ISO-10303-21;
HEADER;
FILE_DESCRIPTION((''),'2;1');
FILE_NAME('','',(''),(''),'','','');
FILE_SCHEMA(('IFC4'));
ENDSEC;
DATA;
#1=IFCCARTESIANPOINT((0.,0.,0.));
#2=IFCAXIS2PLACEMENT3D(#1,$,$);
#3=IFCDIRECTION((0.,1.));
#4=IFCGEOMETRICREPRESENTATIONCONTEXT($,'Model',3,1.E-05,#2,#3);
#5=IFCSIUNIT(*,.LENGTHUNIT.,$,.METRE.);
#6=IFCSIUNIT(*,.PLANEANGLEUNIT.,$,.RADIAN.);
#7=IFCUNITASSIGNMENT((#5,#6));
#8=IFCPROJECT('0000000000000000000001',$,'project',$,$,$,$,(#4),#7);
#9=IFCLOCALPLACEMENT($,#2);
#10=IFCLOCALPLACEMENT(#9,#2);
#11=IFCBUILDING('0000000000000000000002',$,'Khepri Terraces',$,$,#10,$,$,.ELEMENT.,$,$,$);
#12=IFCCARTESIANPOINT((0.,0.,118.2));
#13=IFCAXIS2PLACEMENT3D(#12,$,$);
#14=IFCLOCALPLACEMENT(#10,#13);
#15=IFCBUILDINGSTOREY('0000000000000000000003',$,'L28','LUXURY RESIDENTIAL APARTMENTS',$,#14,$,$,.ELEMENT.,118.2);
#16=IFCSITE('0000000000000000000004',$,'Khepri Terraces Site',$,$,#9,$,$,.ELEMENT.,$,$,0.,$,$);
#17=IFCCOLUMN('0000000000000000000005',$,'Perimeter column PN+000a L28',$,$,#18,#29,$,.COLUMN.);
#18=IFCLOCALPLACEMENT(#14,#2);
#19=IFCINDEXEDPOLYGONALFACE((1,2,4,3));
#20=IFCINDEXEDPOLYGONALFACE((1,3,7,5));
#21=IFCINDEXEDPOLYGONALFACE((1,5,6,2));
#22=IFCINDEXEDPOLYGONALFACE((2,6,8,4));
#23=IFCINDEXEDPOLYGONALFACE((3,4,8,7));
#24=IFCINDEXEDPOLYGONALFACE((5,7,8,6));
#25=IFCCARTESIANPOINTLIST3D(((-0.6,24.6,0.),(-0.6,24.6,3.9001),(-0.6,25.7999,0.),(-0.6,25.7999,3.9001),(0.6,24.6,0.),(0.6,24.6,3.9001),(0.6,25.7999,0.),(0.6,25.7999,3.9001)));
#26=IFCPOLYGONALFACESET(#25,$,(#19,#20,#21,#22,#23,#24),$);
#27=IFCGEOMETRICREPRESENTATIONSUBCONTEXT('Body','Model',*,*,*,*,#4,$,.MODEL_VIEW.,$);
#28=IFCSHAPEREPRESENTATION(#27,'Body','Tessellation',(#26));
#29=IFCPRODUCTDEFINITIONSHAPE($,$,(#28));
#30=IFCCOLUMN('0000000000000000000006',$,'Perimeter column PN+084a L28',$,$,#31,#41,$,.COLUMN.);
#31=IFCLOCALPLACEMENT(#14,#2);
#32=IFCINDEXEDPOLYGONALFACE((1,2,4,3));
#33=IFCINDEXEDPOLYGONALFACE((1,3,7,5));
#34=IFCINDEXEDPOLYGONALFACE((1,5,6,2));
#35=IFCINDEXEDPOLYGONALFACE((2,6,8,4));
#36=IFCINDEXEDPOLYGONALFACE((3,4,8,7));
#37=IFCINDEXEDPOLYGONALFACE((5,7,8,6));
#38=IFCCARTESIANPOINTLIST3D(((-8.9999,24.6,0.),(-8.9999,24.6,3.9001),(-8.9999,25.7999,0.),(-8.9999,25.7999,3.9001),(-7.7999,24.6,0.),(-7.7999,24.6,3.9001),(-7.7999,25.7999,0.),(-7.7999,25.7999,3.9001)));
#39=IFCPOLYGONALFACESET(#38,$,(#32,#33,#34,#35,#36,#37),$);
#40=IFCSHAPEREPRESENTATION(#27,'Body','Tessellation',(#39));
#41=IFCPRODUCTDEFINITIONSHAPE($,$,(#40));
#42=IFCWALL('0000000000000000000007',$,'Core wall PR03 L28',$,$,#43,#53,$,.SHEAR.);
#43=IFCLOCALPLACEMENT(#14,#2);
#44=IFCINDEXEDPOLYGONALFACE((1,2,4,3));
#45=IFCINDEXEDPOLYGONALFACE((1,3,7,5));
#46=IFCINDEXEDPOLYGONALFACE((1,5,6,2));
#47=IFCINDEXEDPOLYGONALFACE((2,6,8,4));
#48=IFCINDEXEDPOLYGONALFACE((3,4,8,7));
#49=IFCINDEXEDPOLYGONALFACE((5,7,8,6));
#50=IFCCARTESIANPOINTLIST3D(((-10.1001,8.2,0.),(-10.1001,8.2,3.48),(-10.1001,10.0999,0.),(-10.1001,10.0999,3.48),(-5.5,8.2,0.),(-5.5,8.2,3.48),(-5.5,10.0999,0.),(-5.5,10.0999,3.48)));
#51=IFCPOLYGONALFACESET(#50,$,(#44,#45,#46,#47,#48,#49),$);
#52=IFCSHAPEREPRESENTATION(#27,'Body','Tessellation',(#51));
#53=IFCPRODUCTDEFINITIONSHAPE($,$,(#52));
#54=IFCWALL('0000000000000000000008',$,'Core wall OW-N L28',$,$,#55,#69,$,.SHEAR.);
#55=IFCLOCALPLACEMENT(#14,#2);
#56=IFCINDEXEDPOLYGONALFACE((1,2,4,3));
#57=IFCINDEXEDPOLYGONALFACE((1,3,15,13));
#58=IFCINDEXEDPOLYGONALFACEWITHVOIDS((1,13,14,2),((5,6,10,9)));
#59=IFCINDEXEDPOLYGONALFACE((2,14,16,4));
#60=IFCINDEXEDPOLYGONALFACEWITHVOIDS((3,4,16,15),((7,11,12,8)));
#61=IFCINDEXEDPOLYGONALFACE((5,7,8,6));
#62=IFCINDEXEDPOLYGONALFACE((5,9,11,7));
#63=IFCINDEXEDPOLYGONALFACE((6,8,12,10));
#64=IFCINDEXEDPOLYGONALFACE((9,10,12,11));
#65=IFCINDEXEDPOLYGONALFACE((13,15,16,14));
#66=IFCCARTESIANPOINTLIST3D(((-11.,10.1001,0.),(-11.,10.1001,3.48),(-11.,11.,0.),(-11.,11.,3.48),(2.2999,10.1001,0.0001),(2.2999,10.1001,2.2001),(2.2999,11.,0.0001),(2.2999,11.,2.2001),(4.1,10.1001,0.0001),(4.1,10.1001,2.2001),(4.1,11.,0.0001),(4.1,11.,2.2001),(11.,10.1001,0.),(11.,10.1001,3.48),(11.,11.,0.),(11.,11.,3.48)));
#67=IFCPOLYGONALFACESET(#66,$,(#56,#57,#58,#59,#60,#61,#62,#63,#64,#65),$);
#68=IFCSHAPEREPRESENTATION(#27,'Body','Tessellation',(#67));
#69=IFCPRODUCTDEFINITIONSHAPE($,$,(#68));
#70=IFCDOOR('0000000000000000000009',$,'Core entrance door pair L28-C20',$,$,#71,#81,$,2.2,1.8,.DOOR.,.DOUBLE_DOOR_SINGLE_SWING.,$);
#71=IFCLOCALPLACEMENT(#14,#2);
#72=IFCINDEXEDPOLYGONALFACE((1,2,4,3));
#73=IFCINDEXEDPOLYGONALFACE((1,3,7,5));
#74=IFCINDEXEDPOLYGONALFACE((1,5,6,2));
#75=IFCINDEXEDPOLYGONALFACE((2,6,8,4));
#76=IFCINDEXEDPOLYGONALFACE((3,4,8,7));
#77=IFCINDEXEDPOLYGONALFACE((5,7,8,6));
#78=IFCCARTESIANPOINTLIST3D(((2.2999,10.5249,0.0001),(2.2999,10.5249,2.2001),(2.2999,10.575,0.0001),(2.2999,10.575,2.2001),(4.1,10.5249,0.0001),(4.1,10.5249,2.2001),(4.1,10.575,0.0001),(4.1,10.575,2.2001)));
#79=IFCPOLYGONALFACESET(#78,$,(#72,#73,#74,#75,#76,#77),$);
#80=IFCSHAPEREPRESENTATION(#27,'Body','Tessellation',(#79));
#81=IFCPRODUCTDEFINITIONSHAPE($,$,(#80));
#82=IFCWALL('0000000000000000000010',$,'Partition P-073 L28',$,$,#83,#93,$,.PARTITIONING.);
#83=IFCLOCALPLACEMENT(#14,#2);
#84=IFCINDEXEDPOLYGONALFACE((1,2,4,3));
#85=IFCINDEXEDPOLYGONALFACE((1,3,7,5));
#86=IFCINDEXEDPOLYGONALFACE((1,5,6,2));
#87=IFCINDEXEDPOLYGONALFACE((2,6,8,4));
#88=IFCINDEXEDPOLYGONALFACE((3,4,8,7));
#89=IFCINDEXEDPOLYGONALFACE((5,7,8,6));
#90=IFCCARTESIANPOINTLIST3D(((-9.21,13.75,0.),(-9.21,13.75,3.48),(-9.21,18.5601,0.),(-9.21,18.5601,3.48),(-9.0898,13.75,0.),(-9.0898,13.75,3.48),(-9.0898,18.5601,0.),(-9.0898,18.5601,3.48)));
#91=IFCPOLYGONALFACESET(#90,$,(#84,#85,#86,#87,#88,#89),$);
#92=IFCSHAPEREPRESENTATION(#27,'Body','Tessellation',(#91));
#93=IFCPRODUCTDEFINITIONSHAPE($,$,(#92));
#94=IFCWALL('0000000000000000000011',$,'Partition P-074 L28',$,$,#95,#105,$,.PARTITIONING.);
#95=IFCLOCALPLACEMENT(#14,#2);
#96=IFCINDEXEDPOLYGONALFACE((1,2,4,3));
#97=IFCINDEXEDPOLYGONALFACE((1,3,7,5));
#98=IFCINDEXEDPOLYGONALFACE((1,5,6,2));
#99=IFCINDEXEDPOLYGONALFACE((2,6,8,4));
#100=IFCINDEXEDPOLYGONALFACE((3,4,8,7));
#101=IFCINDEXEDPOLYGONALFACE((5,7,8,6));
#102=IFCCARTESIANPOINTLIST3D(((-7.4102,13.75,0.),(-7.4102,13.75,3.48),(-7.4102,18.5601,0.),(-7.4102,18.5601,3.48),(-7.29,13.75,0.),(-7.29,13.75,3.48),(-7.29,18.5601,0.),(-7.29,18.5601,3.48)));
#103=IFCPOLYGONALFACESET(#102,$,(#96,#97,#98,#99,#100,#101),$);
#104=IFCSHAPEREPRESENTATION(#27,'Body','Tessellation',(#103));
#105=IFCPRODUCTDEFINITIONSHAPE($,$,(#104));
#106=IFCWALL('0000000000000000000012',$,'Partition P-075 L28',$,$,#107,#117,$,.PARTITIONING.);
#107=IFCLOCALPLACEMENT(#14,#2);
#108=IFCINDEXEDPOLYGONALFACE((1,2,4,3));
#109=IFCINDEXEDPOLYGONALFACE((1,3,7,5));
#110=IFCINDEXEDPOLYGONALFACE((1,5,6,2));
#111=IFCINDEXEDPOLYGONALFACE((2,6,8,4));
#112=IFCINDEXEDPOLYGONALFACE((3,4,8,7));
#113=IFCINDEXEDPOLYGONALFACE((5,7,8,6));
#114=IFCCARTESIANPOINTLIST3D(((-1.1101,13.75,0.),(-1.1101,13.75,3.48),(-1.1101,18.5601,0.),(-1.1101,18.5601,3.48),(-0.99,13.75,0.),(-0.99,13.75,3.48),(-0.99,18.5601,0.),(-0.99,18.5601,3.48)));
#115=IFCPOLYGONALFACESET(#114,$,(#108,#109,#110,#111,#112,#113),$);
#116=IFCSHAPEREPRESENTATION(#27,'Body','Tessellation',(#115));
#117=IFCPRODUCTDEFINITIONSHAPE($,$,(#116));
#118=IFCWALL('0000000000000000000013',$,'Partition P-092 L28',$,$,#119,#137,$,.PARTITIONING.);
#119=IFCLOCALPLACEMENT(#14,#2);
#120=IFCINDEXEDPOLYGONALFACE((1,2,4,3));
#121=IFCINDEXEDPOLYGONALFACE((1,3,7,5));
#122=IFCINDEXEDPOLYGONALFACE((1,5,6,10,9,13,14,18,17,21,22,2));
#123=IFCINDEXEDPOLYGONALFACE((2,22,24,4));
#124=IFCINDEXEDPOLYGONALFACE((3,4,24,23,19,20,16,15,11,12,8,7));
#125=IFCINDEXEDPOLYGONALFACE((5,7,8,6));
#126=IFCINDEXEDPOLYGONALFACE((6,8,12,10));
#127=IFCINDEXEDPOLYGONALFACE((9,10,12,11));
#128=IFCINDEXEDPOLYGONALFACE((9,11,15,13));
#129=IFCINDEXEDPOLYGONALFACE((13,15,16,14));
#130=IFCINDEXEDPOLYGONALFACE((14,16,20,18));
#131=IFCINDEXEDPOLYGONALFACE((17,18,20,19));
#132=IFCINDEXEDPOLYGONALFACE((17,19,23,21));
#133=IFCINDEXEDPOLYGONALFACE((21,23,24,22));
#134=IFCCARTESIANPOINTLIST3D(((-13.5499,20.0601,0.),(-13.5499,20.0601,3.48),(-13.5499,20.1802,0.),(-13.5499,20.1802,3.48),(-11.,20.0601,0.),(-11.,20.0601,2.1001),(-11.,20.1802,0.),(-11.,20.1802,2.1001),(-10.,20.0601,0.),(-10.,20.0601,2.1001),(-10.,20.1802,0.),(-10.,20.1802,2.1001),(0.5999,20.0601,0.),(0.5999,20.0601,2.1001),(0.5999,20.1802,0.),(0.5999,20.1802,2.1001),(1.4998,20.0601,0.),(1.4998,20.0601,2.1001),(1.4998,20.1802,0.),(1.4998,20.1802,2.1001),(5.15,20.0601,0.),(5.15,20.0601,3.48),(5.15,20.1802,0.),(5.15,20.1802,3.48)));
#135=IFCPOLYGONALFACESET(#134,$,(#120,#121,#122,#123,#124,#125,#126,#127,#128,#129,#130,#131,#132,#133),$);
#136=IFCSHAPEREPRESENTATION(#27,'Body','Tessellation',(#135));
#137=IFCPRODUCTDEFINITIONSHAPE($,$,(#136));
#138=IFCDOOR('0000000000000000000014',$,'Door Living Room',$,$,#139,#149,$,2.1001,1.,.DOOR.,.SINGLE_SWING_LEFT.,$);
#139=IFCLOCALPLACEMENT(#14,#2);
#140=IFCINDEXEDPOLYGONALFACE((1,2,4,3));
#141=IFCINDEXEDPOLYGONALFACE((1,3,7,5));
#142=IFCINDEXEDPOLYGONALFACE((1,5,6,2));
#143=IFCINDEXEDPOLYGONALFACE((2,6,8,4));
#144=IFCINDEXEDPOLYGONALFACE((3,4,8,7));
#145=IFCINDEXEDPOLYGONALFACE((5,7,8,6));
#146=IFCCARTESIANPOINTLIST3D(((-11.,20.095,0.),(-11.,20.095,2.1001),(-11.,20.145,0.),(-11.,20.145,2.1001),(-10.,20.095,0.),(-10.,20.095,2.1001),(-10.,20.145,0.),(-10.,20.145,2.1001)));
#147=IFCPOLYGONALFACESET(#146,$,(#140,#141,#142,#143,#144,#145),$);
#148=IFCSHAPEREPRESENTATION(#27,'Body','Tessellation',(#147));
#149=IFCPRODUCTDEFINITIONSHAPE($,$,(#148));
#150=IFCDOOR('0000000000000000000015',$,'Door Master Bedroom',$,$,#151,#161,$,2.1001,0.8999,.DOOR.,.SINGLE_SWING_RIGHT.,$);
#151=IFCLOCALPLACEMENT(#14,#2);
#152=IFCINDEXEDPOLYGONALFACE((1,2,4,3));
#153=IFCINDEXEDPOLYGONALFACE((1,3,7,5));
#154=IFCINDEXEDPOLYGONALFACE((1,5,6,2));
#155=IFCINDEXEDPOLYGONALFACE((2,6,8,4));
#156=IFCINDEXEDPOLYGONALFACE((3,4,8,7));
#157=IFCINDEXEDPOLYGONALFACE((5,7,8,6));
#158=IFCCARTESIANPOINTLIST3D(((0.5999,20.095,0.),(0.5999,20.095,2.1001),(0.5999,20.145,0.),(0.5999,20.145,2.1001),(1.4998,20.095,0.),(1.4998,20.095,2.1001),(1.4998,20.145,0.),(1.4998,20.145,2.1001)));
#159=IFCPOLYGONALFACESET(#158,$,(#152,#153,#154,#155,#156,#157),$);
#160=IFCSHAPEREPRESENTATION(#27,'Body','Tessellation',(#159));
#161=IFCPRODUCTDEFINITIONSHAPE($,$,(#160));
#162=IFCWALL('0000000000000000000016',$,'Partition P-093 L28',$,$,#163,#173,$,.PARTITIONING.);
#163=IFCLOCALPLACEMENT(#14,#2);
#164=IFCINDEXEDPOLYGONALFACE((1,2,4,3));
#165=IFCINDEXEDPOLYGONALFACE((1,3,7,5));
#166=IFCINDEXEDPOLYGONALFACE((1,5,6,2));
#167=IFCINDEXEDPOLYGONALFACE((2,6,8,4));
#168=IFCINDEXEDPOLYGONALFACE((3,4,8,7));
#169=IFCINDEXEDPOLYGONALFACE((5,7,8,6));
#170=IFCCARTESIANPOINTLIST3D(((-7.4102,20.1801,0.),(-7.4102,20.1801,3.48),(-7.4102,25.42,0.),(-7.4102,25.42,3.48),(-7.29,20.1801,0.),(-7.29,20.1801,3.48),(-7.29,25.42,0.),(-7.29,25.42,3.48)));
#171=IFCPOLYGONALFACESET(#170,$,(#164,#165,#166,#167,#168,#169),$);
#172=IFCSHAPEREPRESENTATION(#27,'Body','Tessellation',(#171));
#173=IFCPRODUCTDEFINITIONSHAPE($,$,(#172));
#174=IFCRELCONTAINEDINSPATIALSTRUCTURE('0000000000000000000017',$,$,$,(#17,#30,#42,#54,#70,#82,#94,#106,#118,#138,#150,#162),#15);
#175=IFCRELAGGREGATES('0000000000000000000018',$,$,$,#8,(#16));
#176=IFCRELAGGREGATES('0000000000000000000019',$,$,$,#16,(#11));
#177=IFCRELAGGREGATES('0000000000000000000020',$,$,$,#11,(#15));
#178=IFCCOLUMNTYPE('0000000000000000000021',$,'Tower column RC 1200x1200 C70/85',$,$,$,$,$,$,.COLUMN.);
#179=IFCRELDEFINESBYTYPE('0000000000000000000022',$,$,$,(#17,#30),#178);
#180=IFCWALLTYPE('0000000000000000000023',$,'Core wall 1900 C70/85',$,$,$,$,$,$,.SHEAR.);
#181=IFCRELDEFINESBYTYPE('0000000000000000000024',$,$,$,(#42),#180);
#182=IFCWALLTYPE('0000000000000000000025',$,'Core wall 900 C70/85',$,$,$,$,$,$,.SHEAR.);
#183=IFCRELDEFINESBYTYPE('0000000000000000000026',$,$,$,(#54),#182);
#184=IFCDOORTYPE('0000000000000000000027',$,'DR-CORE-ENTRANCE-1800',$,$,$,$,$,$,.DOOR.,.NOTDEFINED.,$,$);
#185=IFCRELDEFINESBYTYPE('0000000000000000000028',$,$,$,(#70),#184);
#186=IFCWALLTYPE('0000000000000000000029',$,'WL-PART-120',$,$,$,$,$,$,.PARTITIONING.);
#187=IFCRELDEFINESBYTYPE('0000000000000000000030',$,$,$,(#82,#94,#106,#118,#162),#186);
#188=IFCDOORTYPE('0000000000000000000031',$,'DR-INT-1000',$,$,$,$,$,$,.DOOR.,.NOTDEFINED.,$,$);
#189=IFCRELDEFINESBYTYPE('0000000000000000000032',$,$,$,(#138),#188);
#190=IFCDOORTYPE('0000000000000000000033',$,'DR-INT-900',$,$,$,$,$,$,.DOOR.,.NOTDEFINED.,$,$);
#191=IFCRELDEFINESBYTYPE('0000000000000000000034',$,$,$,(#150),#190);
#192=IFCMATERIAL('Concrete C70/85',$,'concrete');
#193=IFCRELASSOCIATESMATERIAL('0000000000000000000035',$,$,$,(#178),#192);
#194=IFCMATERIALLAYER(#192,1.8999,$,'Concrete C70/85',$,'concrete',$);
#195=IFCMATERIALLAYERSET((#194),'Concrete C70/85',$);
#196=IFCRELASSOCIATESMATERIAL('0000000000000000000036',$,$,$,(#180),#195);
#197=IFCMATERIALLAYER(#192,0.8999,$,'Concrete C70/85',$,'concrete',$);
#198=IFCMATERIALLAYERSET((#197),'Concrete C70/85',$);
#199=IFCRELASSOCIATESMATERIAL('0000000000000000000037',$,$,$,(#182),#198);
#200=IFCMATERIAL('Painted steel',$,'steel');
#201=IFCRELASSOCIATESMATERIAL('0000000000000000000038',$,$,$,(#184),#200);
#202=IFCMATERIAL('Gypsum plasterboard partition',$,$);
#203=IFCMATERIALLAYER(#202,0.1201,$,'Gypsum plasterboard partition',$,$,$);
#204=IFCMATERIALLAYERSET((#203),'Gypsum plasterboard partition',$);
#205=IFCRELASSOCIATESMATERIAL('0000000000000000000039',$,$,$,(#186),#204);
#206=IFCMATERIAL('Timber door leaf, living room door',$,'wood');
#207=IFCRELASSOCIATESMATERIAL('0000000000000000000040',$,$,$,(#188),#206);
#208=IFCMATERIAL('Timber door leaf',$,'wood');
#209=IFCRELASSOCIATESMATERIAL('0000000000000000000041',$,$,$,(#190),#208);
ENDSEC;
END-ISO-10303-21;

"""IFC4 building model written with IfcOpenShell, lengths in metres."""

from ifc_helpers import new_model, si_unit, direction, frame, frame_2d, origin, origin_2d, place, context, subcontext, project, spatial, rectangle, extrude, material, layer, layer_set, material_profile, profile_set, type_object, element, fill, save


model = new_model("IFC4")

# Units and contexts
model_context = context("Model", 3, precision=1e-05, world=origin(), true_north=direction((0.0, 1.0)))
body_context = subcontext(model_context, "Body", "Model", "MODEL_VIEW")
ifc_project = project(units=[si_unit("LENGTHUNIT", "METRE"), si_unit("PLANEANGLEUNIT", "RADIAN")], contexts=[model_context])

# Site, building, storey
site_placement = place(None, origin())
site = spatial("IfcSite", under=ifc_project, at=site_placement, Name="Khepri Terraces Site", CompositionType="ELEMENT", RefElevation=0.0)
building_placement = place(site_placement, origin())
building = spatial("IfcBuilding", under=site, at=building_placement, Name="Khepri Terraces", CompositionType="ELEMENT")
storey_placement = place(building_placement, frame((0.0, 0.0, 118.2)))
storey = spatial("IfcBuildingStorey", under=building, at=storey_placement, Name="L28", Description="LUXURY RESIDENTIAL APARTMENTS", CompositionType="ELEMENT", Elevation=118.2)

# Columns
ifc_material_1 = material(Name="Concrete C70/85", Category="concrete")
ifc_material_profile = material_profile(ifc_material_1, rectangle(XDim=1.2, YDim=1.2, at=origin_2d()), Name="Concrete C70/85", Category="concrete")
ifc_profile_set = profile_set([ifc_material_profile], Name="Concrete C70/85")
column_type = type_object("IfcColumnType", Name="Tower column RC 1200x1200 C70/85", PredefinedType="COLUMN", material=ifc_profile_set)
for number, where, z_axis, x_axis, name in (
    (1, (0.0, 25.2, 0.0), (0.0, 0.0, 1.0), (1.0, 0.0, 0.0), "Perimeter column PN+000a L28"),
    (2, (-8.3999, 25.2, 0.0), (0.0, 0.0, 1.0), (1.0, 0.0, 0.0), "Perimeter column PN+084a L28"),
):
    element("IfcColumn", number, at=place(storey_placement, frame(where, z_axis=z_axis, x_axis=x_axis)), inside=storey, type_object=column_type, Name=name, PredefinedType="COLUMN", context=body_context, shape_type="SweptSolid", body=[
        extrude(rectangle(XDim=1.2, YDim=1.2, at=origin_2d()), origin(), (0.0, 0.0, 1.0), 3.9001),
    ])

# Wall
ifc_layer_1 = layer(ifc_material_1, 1.8999, Name="Concrete C70/85", Category="concrete")
ifc_layer_set_1 = layer_set([ifc_layer_1], Name="Concrete C70/85")
wall_type_1 = type_object("IfcWallType", Name="Core wall 1900 C70/85", PredefinedType="SHEAR", material=ifc_layer_set_1)
wall_1_placement = place(storey_placement, frame((-10.1001, 9.1499, 0.0), z_axis=(0.0, 0.0, 1.0), x_axis=(1.0, 0.0, 0.0)))
element("IfcWall", 3, at=wall_1_placement, inside=storey, type_object=wall_type_1, Name="Core wall PR03 L28", PredefinedType="SHEAR", context=body_context, shape_type="SweptSolid", body=[
    extrude(rectangle(XDim=4.6001, YDim=1.8999, at=frame_2d((2.3, 0.0))), origin(), (0.0, 0.0, 1.0), 3.48),
])

# Wall, opening, door
ifc_layer_2 = layer(ifc_material_1, 0.8999, Name="Concrete C70/85", Category="concrete")
ifc_layer_set_2 = layer_set([ifc_layer_2], Name="Concrete C70/85")
wall_type_2 = type_object("IfcWallType", Name="Core wall 900 C70/85", PredefinedType="SHEAR", material=ifc_layer_set_2)
wall_2_placement = place(storey_placement, frame((-11.0, 10.55, 0.0), z_axis=(0.0, 0.0, 1.0), x_axis=(1.0, 0.0, 0.0)))
wall_2 = element("IfcWall", 4, at=wall_2_placement, inside=storey, type_object=wall_type_2, Name="Core wall OW-N L28", PredefinedType="SHEAR", context=body_context, shape_type="SweptSolid", body=[
    extrude(rectangle(XDim=22.0, YDim=0.8999, at=frame_2d((11.0, 0.0))), origin(), (0.0, 0.0, 1.0), 3.48),
])
opening_1_placement = place(wall_2_placement, frame((13.3, 0.0, 0.0)))
opening_1 = element("IfcOpeningElement", 5, at=opening_1_placement, cuts=wall_2, PredefinedType="OPENING", context=body_context, shape_type="SweptSolid", body=[
    extrude(rectangle(XDim=1.8, YDim=2.2, at=frame_2d((0.8999, 1.1001))), frame((0.0, 0.46, 0.0), z_axis=(0.0, -1.0, 0.0), x_axis=(1.0, 0.0, 0.0)), (0.0, 0.0, 1.0), 0.9199),
])
ifc_material_2 = material(Name="Painted steel", Category="steel")
door_type_1 = type_object("IfcDoorType", Name="DR-CORE-ENTRANCE-1800", OperationType="NOTDEFINED", PredefinedType="DOOR", material=ifc_material_2)
door_1_placement = place(opening_1_placement, origin())
door_1 = element("IfcDoor", 6, at=door_1_placement, inside=storey, type_object=door_type_1, Name="Core entrance door pair L28-C20", OperationType="DOUBLE_DOOR_SINGLE_SWING", OverallHeight=2.2, OverallWidth=1.8, PredefinedType="DOOR", context=body_context, shape_type="SweptSolid", body=[
    extrude(rectangle(XDim=1.8, YDim=2.2, at=frame_2d((0.8999, 1.1001))), frame((0.0, 0.0249, 0.0), z_axis=(0.0, -1.0, 0.0), x_axis=(1.0, 0.0, 0.0)), (0.0, 0.0, 1.0), 0.05),
])
fill(opening_1, door_1)

# Walls
ifc_material_3 = material(Name="Gypsum plasterboard partition")
ifc_layer_3 = layer(ifc_material_3, 0.1201, Name="Gypsum plasterboard partition")
ifc_layer_set_3 = layer_set([ifc_layer_3], Name="Gypsum plasterboard partition")
wall_type_3 = type_object("IfcWallType", Name="WL-PART-120", PredefinedType="PARTITIONING", material=ifc_layer_set_3)
for number, where, z_axis, x_axis, name in (
    (7, (-9.1499, 13.75, 0.0), (0.0, 0.0, 1.0), (0.0, 1.0, 0.0), "Partition P-073 L28"),
    (8, (-7.3501, 13.75, 0.0), (0.0, 0.0, 1.0), (0.0, 1.0, 0.0), "Partition P-074 L28"),
    (9, (-1.05, 13.75, 0.0), (0.0, 0.0, 1.0), (0.0, 1.0, 0.0), "Partition P-075 L28"),
):
    element("IfcWall", number, at=place(storey_placement, frame(where, z_axis=z_axis, x_axis=x_axis)), inside=storey, type_object=wall_type_3, Name=name, PredefinedType="PARTITIONING", context=body_context, shape_type="SweptSolid", body=[
        extrude(rectangle(XDim=4.8101, YDim=0.1201, at=frame_2d((2.405, 0.0))), origin(), (0.0, 0.0, 1.0), 3.48),
    ])

# Wall, openings, doors
wall_3_placement = place(storey_placement, frame((-13.55, 20.1201, 0.0), z_axis=(0.0, 0.0, 1.0), x_axis=(1.0, 0.0, 0.0)))
wall_3 = element("IfcWall", 10, at=wall_3_placement, inside=storey, type_object=wall_type_3, Name="Partition P-092 L28", PredefinedType="PARTITIONING", context=body_context, shape_type="SweptSolid", body=[
    extrude(rectangle(XDim=18.7, YDim=0.1201, at=frame_2d((9.3501, 0.0))), origin(), (0.0, 0.0, 1.0), 3.48),
])
opening_2_placement = place(wall_3_placement, frame((14.1499, 0.0, 0.0)))
opening_2 = element("IfcOpeningElement", 11, at=opening_2_placement, cuts=wall_3, PredefinedType="OPENING", context=body_context, shape_type="SweptSolid", body=[
    extrude(rectangle(XDim=0.8999, YDim=2.1001, at=frame_2d((0.45, 1.05))), frame((0.0, 0.0701, 0.0), z_axis=(0.0, -1.0, 0.0), x_axis=(1.0, 0.0, 0.0)), (0.0, 0.0, 1.0), 0.1401),
])
opening_3_placement = place(wall_3_placement, frame((2.55, 0.0, 0.0)))
opening_3 = element("IfcOpeningElement", 12, at=opening_3_placement, cuts=wall_3, PredefinedType="OPENING", context=body_context, shape_type="SweptSolid", body=[
    extrude(rectangle(XDim=1.0, YDim=2.1001, at=frame_2d((0.5, 1.05))), frame((0.0, 0.0701, 0.0), z_axis=(0.0, -1.0, 0.0), x_axis=(1.0, 0.0, 0.0)), (0.0, 0.0, 1.0), 0.1401),
])
ifc_material_4 = material(Name="Timber door leaf, living room door", Category="wood")
door_type_2 = type_object("IfcDoorType", Name="DR-INT-1000", OperationType="NOTDEFINED", PredefinedType="DOOR", material=ifc_material_4)
door_2_placement = place(opening_3_placement, origin())
door_2 = element("IfcDoor", 13, at=door_2_placement, inside=storey, type_object=door_type_2, Name="Door Living Room", OperationType="SINGLE_SWING_LEFT", OverallHeight=2.1001, OverallWidth=1.0, PredefinedType="DOOR", context=body_context, shape_type="SweptSolid", body=[
    extrude(rectangle(XDim=1.0, YDim=2.1001, at=frame_2d((0.5, 1.05))), frame((0.0, 0.0249, 0.0), z_axis=(0.0, -1.0, 0.0), x_axis=(1.0, 0.0, 0.0)), (0.0, 0.0, 1.0), 0.05),
])
fill(opening_3, door_2)
ifc_material_5 = material(Name="Timber door leaf", Category="wood")
door_type_3 = type_object("IfcDoorType", Name="DR-INT-900", OperationType="NOTDEFINED", PredefinedType="DOOR", material=ifc_material_5)
door_3_placement = place(opening_2_placement, origin())
door_3 = element("IfcDoor", 14, at=door_3_placement, inside=storey, type_object=door_type_3, Name="Door Master Bedroom", OperationType="SINGLE_SWING_RIGHT", OverallHeight=2.1001, OverallWidth=0.8999, PredefinedType="DOOR", context=body_context, shape_type="SweptSolid", body=[
    extrude(rectangle(XDim=0.8999, YDim=2.1001, at=frame_2d((0.45, 1.05))), frame((0.0, 0.0249, 0.0), z_axis=(0.0, -1.0, 0.0), x_axis=(1.0, 0.0, 0.0)), (0.0, 0.0, 1.0), 0.05),
])
fill(opening_2, door_3)

# Wall
wall_4_placement = place(storey_placement, frame((-7.3501, 20.1799, 0.0), z_axis=(0.0, 0.0, 1.0), x_axis=(0.0, 1.0, 0.0)))
element("IfcWall", 15, at=wall_4_placement, inside=storey, type_object=wall_type_3, Name="Partition P-093 L28", PredefinedType="PARTITIONING", context=body_context, shape_type="SweptSolid", body=[
    extrude(rectangle(XDim=5.24, YDim=0.1201, at=frame_2d((2.6201, 0.0))), origin(), (0.0, 0.0, 1.0), 3.48),
])

save(model, "model.ifc")
